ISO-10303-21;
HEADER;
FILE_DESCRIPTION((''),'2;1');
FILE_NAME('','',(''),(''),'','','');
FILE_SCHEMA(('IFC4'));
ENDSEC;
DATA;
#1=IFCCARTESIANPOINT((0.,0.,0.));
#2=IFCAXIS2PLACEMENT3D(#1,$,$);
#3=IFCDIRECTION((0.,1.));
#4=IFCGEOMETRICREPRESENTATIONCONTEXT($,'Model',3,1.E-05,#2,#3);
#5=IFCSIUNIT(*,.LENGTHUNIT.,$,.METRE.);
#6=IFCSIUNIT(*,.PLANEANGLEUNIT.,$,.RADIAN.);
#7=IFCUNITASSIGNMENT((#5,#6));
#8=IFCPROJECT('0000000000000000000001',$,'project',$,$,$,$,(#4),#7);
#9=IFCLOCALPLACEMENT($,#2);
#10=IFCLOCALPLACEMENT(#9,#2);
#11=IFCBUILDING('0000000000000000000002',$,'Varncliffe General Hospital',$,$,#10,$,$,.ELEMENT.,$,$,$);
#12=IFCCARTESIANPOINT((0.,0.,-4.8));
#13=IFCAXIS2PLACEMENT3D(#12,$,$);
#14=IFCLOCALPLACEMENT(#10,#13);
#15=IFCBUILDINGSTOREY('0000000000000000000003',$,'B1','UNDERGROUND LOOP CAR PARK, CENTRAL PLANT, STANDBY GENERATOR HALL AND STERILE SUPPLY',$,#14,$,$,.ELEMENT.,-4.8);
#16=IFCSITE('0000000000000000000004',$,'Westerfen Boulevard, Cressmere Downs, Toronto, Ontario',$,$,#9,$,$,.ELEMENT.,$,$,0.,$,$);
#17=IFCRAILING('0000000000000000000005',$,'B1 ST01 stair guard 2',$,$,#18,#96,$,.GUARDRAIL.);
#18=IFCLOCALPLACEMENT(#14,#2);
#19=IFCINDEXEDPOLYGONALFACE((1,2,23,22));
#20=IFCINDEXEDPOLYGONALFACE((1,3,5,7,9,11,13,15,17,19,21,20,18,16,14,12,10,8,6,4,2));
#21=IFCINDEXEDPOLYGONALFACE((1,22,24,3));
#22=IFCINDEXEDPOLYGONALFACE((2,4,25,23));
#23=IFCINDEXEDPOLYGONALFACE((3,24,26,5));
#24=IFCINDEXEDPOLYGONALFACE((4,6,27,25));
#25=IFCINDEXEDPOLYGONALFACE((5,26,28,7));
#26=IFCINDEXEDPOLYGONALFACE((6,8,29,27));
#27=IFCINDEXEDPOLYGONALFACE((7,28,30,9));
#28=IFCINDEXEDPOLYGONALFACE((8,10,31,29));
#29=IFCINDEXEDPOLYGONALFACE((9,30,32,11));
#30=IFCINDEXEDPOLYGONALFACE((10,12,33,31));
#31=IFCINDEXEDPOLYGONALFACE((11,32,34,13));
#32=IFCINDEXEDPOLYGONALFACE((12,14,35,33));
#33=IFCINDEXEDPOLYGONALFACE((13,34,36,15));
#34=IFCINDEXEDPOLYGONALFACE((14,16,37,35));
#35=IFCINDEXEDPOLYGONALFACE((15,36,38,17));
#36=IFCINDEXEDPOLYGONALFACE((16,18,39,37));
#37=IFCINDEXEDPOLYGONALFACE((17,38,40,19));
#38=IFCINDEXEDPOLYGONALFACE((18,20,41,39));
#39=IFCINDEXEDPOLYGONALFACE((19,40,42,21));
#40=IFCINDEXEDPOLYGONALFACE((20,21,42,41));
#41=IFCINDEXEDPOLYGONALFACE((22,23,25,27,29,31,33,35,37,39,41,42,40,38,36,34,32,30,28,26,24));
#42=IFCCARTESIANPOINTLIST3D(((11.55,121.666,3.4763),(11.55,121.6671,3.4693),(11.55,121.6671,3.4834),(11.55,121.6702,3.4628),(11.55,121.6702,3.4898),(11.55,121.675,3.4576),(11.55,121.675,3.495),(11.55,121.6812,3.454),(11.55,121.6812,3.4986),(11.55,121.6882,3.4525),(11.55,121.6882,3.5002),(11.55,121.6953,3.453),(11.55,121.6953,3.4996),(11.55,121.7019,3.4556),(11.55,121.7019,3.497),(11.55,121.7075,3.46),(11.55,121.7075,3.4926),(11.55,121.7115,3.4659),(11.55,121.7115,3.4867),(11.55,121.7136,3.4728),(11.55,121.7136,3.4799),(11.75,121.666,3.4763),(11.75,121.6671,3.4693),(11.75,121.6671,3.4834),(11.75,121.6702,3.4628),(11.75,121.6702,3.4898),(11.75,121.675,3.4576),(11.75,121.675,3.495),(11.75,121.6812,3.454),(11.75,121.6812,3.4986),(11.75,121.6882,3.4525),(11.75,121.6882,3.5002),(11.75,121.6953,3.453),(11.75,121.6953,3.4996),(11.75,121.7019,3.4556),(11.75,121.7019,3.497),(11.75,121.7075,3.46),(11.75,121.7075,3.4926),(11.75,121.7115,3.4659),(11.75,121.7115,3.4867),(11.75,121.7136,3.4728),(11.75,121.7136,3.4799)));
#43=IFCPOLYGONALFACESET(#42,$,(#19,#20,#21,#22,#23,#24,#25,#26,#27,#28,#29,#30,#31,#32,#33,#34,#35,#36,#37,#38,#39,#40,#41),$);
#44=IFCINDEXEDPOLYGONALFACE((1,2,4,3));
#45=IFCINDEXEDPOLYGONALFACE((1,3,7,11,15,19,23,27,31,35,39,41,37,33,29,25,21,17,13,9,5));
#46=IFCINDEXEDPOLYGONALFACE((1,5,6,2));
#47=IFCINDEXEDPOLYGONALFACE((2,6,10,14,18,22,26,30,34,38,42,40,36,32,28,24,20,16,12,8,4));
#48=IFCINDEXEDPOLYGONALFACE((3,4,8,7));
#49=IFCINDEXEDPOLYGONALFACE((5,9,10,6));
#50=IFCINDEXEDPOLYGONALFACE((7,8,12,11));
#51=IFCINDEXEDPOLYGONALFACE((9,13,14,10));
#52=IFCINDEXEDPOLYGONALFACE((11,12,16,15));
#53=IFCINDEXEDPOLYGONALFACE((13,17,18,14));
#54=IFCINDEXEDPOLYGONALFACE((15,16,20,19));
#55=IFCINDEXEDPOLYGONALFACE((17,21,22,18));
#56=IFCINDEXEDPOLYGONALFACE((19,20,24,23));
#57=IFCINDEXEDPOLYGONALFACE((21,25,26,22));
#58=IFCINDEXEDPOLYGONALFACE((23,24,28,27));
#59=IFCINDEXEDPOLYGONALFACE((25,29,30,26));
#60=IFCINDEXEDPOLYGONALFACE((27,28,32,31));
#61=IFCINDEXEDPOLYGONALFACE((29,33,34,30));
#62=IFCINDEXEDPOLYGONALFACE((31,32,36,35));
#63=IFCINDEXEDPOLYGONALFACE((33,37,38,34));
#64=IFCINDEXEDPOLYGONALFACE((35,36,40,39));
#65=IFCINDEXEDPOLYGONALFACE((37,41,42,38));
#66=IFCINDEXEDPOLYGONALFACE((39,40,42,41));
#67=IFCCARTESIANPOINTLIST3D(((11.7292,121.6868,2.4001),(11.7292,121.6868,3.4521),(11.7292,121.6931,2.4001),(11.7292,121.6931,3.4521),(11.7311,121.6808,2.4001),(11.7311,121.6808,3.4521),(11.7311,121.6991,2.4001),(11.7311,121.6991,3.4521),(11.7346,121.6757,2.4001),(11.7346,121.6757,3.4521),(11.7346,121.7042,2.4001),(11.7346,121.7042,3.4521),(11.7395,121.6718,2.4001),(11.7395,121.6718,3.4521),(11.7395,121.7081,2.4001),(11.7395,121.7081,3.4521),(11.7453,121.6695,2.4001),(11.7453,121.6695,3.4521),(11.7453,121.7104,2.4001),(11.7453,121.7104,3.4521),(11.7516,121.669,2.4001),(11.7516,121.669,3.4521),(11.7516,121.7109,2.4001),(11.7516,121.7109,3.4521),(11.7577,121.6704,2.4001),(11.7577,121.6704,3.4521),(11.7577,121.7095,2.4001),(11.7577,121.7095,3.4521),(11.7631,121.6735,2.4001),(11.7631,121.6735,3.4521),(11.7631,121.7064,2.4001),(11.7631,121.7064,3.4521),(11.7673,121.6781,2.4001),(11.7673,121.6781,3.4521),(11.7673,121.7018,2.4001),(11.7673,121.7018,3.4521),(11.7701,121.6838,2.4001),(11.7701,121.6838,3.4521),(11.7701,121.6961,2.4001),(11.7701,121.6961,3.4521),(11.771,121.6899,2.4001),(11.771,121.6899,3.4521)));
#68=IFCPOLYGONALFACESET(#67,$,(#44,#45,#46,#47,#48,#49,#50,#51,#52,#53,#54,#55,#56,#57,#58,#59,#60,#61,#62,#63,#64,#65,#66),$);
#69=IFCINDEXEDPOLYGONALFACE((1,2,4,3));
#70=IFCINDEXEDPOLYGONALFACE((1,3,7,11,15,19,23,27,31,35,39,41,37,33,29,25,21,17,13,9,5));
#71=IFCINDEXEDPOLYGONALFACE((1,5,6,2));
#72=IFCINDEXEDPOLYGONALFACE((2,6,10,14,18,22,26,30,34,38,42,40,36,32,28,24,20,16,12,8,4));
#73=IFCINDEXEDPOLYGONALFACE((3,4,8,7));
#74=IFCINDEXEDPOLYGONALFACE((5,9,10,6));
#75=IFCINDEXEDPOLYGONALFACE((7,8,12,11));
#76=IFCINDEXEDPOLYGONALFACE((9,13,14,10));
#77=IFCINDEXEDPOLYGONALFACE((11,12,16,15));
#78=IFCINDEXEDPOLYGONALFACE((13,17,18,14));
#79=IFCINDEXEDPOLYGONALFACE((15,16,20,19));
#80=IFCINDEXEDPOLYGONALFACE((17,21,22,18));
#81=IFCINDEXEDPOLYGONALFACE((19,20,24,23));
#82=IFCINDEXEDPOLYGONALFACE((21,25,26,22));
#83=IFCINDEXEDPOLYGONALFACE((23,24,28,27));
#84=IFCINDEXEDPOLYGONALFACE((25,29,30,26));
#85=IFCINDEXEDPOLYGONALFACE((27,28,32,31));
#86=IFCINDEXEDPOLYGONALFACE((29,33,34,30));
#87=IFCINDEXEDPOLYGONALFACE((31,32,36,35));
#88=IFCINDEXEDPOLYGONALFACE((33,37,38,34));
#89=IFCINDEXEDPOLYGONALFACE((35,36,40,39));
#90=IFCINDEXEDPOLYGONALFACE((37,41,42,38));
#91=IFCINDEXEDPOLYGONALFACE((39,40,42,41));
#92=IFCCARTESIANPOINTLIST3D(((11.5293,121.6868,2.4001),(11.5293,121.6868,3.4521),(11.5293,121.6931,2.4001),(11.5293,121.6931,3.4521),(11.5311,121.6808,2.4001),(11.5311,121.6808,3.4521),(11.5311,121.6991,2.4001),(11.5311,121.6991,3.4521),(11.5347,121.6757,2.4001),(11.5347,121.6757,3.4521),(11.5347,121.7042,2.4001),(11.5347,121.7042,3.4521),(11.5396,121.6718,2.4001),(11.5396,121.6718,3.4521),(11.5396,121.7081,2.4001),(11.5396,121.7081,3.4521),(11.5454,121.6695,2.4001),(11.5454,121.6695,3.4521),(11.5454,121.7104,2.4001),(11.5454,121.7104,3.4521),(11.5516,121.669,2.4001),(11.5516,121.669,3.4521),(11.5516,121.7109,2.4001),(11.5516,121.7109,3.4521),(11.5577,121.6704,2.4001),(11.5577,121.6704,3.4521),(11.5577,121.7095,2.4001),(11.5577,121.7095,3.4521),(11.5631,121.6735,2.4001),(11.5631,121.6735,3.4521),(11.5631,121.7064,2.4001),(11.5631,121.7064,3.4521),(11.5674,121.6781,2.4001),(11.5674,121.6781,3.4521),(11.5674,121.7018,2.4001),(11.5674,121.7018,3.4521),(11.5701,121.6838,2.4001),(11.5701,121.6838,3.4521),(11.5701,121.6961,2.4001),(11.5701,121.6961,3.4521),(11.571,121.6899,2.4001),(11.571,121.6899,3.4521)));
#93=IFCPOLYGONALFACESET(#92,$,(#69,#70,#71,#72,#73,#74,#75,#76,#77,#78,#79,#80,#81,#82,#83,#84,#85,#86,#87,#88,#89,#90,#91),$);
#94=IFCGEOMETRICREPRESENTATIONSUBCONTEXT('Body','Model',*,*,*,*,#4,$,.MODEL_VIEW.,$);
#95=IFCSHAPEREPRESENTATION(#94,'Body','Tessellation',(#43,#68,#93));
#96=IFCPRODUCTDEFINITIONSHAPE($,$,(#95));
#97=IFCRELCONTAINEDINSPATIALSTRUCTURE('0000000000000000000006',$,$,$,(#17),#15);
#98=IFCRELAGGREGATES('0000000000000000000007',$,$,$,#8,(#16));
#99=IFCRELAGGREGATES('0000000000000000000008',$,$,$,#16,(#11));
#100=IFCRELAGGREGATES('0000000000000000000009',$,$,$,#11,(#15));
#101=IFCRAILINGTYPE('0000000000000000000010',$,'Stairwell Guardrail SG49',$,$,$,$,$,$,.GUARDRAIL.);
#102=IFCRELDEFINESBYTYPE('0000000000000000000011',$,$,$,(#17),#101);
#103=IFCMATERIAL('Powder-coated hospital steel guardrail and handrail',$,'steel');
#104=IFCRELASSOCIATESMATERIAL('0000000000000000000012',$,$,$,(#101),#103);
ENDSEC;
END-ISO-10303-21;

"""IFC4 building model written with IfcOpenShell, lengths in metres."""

from ifc_helpers import new_model, si_unit, direction, frame, origin, origin_2d, place, context, subcontext, project, spatial, circle, extrude, material, type_object, element, save


model = new_model("IFC4")

# Units and contexts
model_context = context("Model", 3, precision=1e-05, world=origin(), true_north=direction((0.0, 1.0)))
body_context = subcontext(model_context, "Body", "Model", "MODEL_VIEW")
ifc_project = project(units=[si_unit("LENGTHUNIT", "METRE"), si_unit("PLANEANGLEUNIT", "RADIAN")], contexts=[model_context])

# Site, building, storey
site_placement = place(None, origin())
site = spatial("IfcSite", under=ifc_project, at=site_placement, Name="Westerfen Boulevard, Cressmere Downs, Toronto, Ontario", CompositionType="ELEMENT", RefElevation=0.0)
building_placement = place(site_placement, origin())
building = spatial("IfcBuilding", under=site, at=building_placement, Name="Varncliffe General Hospital", CompositionType="ELEMENT")
storey_placement = place(building_placement, frame((0.0, 0.0, -4.8)))
storey = spatial("IfcBuildingStorey", under=building, at=storey_placement, Name="B1", Description="UNDERGROUND LOOP CAR PARK, CENTRAL PLANT, STANDBY GENERATOR HALL AND STERILE SUPPLY", CompositionType="ELEMENT", Elevation=-4.8)

# Railing
ifc_material_1 = material(Name="Powder-coated hospital steel guardrail and handrail", Category="steel")
railing_type_1 = type_object("IfcRailingType", Name="Stairwell Guardrail SG49", PredefinedType="GUARDRAIL", material=ifc_material_1)
railing_1_placement = place(storey_placement, frame((11.75, 121.6899, 2.4001)))
element("IfcRailing", 1, at=railing_1_placement, inside=storey, type_object=railing_type_1, Name="B1 ST01 stair guard 2", PredefinedType="GUARDRAIL", context=body_context, shape_type="SweptSolid", body=[
    extrude(circle(Radius=0.0239, at=origin_2d()), frame((0.0, 0.0, 1.0762), z_axis=(-1.0, 0.0, 0.0), x_axis=(0.0, -1.0, 0.0)), (0.0, 0.0, 1.0), 0.2),
    extrude(circle(Radius=0.021, at=origin_2d()), origin(), (0.0, 0.0, 1.0), 1.052),
    extrude(circle(Radius=0.021, at=origin_2d()), frame((-0.2, 0.0, 0.0)), (0.0, 0.0, 1.0), 1.052),
])

save(model, "model.ifc")
